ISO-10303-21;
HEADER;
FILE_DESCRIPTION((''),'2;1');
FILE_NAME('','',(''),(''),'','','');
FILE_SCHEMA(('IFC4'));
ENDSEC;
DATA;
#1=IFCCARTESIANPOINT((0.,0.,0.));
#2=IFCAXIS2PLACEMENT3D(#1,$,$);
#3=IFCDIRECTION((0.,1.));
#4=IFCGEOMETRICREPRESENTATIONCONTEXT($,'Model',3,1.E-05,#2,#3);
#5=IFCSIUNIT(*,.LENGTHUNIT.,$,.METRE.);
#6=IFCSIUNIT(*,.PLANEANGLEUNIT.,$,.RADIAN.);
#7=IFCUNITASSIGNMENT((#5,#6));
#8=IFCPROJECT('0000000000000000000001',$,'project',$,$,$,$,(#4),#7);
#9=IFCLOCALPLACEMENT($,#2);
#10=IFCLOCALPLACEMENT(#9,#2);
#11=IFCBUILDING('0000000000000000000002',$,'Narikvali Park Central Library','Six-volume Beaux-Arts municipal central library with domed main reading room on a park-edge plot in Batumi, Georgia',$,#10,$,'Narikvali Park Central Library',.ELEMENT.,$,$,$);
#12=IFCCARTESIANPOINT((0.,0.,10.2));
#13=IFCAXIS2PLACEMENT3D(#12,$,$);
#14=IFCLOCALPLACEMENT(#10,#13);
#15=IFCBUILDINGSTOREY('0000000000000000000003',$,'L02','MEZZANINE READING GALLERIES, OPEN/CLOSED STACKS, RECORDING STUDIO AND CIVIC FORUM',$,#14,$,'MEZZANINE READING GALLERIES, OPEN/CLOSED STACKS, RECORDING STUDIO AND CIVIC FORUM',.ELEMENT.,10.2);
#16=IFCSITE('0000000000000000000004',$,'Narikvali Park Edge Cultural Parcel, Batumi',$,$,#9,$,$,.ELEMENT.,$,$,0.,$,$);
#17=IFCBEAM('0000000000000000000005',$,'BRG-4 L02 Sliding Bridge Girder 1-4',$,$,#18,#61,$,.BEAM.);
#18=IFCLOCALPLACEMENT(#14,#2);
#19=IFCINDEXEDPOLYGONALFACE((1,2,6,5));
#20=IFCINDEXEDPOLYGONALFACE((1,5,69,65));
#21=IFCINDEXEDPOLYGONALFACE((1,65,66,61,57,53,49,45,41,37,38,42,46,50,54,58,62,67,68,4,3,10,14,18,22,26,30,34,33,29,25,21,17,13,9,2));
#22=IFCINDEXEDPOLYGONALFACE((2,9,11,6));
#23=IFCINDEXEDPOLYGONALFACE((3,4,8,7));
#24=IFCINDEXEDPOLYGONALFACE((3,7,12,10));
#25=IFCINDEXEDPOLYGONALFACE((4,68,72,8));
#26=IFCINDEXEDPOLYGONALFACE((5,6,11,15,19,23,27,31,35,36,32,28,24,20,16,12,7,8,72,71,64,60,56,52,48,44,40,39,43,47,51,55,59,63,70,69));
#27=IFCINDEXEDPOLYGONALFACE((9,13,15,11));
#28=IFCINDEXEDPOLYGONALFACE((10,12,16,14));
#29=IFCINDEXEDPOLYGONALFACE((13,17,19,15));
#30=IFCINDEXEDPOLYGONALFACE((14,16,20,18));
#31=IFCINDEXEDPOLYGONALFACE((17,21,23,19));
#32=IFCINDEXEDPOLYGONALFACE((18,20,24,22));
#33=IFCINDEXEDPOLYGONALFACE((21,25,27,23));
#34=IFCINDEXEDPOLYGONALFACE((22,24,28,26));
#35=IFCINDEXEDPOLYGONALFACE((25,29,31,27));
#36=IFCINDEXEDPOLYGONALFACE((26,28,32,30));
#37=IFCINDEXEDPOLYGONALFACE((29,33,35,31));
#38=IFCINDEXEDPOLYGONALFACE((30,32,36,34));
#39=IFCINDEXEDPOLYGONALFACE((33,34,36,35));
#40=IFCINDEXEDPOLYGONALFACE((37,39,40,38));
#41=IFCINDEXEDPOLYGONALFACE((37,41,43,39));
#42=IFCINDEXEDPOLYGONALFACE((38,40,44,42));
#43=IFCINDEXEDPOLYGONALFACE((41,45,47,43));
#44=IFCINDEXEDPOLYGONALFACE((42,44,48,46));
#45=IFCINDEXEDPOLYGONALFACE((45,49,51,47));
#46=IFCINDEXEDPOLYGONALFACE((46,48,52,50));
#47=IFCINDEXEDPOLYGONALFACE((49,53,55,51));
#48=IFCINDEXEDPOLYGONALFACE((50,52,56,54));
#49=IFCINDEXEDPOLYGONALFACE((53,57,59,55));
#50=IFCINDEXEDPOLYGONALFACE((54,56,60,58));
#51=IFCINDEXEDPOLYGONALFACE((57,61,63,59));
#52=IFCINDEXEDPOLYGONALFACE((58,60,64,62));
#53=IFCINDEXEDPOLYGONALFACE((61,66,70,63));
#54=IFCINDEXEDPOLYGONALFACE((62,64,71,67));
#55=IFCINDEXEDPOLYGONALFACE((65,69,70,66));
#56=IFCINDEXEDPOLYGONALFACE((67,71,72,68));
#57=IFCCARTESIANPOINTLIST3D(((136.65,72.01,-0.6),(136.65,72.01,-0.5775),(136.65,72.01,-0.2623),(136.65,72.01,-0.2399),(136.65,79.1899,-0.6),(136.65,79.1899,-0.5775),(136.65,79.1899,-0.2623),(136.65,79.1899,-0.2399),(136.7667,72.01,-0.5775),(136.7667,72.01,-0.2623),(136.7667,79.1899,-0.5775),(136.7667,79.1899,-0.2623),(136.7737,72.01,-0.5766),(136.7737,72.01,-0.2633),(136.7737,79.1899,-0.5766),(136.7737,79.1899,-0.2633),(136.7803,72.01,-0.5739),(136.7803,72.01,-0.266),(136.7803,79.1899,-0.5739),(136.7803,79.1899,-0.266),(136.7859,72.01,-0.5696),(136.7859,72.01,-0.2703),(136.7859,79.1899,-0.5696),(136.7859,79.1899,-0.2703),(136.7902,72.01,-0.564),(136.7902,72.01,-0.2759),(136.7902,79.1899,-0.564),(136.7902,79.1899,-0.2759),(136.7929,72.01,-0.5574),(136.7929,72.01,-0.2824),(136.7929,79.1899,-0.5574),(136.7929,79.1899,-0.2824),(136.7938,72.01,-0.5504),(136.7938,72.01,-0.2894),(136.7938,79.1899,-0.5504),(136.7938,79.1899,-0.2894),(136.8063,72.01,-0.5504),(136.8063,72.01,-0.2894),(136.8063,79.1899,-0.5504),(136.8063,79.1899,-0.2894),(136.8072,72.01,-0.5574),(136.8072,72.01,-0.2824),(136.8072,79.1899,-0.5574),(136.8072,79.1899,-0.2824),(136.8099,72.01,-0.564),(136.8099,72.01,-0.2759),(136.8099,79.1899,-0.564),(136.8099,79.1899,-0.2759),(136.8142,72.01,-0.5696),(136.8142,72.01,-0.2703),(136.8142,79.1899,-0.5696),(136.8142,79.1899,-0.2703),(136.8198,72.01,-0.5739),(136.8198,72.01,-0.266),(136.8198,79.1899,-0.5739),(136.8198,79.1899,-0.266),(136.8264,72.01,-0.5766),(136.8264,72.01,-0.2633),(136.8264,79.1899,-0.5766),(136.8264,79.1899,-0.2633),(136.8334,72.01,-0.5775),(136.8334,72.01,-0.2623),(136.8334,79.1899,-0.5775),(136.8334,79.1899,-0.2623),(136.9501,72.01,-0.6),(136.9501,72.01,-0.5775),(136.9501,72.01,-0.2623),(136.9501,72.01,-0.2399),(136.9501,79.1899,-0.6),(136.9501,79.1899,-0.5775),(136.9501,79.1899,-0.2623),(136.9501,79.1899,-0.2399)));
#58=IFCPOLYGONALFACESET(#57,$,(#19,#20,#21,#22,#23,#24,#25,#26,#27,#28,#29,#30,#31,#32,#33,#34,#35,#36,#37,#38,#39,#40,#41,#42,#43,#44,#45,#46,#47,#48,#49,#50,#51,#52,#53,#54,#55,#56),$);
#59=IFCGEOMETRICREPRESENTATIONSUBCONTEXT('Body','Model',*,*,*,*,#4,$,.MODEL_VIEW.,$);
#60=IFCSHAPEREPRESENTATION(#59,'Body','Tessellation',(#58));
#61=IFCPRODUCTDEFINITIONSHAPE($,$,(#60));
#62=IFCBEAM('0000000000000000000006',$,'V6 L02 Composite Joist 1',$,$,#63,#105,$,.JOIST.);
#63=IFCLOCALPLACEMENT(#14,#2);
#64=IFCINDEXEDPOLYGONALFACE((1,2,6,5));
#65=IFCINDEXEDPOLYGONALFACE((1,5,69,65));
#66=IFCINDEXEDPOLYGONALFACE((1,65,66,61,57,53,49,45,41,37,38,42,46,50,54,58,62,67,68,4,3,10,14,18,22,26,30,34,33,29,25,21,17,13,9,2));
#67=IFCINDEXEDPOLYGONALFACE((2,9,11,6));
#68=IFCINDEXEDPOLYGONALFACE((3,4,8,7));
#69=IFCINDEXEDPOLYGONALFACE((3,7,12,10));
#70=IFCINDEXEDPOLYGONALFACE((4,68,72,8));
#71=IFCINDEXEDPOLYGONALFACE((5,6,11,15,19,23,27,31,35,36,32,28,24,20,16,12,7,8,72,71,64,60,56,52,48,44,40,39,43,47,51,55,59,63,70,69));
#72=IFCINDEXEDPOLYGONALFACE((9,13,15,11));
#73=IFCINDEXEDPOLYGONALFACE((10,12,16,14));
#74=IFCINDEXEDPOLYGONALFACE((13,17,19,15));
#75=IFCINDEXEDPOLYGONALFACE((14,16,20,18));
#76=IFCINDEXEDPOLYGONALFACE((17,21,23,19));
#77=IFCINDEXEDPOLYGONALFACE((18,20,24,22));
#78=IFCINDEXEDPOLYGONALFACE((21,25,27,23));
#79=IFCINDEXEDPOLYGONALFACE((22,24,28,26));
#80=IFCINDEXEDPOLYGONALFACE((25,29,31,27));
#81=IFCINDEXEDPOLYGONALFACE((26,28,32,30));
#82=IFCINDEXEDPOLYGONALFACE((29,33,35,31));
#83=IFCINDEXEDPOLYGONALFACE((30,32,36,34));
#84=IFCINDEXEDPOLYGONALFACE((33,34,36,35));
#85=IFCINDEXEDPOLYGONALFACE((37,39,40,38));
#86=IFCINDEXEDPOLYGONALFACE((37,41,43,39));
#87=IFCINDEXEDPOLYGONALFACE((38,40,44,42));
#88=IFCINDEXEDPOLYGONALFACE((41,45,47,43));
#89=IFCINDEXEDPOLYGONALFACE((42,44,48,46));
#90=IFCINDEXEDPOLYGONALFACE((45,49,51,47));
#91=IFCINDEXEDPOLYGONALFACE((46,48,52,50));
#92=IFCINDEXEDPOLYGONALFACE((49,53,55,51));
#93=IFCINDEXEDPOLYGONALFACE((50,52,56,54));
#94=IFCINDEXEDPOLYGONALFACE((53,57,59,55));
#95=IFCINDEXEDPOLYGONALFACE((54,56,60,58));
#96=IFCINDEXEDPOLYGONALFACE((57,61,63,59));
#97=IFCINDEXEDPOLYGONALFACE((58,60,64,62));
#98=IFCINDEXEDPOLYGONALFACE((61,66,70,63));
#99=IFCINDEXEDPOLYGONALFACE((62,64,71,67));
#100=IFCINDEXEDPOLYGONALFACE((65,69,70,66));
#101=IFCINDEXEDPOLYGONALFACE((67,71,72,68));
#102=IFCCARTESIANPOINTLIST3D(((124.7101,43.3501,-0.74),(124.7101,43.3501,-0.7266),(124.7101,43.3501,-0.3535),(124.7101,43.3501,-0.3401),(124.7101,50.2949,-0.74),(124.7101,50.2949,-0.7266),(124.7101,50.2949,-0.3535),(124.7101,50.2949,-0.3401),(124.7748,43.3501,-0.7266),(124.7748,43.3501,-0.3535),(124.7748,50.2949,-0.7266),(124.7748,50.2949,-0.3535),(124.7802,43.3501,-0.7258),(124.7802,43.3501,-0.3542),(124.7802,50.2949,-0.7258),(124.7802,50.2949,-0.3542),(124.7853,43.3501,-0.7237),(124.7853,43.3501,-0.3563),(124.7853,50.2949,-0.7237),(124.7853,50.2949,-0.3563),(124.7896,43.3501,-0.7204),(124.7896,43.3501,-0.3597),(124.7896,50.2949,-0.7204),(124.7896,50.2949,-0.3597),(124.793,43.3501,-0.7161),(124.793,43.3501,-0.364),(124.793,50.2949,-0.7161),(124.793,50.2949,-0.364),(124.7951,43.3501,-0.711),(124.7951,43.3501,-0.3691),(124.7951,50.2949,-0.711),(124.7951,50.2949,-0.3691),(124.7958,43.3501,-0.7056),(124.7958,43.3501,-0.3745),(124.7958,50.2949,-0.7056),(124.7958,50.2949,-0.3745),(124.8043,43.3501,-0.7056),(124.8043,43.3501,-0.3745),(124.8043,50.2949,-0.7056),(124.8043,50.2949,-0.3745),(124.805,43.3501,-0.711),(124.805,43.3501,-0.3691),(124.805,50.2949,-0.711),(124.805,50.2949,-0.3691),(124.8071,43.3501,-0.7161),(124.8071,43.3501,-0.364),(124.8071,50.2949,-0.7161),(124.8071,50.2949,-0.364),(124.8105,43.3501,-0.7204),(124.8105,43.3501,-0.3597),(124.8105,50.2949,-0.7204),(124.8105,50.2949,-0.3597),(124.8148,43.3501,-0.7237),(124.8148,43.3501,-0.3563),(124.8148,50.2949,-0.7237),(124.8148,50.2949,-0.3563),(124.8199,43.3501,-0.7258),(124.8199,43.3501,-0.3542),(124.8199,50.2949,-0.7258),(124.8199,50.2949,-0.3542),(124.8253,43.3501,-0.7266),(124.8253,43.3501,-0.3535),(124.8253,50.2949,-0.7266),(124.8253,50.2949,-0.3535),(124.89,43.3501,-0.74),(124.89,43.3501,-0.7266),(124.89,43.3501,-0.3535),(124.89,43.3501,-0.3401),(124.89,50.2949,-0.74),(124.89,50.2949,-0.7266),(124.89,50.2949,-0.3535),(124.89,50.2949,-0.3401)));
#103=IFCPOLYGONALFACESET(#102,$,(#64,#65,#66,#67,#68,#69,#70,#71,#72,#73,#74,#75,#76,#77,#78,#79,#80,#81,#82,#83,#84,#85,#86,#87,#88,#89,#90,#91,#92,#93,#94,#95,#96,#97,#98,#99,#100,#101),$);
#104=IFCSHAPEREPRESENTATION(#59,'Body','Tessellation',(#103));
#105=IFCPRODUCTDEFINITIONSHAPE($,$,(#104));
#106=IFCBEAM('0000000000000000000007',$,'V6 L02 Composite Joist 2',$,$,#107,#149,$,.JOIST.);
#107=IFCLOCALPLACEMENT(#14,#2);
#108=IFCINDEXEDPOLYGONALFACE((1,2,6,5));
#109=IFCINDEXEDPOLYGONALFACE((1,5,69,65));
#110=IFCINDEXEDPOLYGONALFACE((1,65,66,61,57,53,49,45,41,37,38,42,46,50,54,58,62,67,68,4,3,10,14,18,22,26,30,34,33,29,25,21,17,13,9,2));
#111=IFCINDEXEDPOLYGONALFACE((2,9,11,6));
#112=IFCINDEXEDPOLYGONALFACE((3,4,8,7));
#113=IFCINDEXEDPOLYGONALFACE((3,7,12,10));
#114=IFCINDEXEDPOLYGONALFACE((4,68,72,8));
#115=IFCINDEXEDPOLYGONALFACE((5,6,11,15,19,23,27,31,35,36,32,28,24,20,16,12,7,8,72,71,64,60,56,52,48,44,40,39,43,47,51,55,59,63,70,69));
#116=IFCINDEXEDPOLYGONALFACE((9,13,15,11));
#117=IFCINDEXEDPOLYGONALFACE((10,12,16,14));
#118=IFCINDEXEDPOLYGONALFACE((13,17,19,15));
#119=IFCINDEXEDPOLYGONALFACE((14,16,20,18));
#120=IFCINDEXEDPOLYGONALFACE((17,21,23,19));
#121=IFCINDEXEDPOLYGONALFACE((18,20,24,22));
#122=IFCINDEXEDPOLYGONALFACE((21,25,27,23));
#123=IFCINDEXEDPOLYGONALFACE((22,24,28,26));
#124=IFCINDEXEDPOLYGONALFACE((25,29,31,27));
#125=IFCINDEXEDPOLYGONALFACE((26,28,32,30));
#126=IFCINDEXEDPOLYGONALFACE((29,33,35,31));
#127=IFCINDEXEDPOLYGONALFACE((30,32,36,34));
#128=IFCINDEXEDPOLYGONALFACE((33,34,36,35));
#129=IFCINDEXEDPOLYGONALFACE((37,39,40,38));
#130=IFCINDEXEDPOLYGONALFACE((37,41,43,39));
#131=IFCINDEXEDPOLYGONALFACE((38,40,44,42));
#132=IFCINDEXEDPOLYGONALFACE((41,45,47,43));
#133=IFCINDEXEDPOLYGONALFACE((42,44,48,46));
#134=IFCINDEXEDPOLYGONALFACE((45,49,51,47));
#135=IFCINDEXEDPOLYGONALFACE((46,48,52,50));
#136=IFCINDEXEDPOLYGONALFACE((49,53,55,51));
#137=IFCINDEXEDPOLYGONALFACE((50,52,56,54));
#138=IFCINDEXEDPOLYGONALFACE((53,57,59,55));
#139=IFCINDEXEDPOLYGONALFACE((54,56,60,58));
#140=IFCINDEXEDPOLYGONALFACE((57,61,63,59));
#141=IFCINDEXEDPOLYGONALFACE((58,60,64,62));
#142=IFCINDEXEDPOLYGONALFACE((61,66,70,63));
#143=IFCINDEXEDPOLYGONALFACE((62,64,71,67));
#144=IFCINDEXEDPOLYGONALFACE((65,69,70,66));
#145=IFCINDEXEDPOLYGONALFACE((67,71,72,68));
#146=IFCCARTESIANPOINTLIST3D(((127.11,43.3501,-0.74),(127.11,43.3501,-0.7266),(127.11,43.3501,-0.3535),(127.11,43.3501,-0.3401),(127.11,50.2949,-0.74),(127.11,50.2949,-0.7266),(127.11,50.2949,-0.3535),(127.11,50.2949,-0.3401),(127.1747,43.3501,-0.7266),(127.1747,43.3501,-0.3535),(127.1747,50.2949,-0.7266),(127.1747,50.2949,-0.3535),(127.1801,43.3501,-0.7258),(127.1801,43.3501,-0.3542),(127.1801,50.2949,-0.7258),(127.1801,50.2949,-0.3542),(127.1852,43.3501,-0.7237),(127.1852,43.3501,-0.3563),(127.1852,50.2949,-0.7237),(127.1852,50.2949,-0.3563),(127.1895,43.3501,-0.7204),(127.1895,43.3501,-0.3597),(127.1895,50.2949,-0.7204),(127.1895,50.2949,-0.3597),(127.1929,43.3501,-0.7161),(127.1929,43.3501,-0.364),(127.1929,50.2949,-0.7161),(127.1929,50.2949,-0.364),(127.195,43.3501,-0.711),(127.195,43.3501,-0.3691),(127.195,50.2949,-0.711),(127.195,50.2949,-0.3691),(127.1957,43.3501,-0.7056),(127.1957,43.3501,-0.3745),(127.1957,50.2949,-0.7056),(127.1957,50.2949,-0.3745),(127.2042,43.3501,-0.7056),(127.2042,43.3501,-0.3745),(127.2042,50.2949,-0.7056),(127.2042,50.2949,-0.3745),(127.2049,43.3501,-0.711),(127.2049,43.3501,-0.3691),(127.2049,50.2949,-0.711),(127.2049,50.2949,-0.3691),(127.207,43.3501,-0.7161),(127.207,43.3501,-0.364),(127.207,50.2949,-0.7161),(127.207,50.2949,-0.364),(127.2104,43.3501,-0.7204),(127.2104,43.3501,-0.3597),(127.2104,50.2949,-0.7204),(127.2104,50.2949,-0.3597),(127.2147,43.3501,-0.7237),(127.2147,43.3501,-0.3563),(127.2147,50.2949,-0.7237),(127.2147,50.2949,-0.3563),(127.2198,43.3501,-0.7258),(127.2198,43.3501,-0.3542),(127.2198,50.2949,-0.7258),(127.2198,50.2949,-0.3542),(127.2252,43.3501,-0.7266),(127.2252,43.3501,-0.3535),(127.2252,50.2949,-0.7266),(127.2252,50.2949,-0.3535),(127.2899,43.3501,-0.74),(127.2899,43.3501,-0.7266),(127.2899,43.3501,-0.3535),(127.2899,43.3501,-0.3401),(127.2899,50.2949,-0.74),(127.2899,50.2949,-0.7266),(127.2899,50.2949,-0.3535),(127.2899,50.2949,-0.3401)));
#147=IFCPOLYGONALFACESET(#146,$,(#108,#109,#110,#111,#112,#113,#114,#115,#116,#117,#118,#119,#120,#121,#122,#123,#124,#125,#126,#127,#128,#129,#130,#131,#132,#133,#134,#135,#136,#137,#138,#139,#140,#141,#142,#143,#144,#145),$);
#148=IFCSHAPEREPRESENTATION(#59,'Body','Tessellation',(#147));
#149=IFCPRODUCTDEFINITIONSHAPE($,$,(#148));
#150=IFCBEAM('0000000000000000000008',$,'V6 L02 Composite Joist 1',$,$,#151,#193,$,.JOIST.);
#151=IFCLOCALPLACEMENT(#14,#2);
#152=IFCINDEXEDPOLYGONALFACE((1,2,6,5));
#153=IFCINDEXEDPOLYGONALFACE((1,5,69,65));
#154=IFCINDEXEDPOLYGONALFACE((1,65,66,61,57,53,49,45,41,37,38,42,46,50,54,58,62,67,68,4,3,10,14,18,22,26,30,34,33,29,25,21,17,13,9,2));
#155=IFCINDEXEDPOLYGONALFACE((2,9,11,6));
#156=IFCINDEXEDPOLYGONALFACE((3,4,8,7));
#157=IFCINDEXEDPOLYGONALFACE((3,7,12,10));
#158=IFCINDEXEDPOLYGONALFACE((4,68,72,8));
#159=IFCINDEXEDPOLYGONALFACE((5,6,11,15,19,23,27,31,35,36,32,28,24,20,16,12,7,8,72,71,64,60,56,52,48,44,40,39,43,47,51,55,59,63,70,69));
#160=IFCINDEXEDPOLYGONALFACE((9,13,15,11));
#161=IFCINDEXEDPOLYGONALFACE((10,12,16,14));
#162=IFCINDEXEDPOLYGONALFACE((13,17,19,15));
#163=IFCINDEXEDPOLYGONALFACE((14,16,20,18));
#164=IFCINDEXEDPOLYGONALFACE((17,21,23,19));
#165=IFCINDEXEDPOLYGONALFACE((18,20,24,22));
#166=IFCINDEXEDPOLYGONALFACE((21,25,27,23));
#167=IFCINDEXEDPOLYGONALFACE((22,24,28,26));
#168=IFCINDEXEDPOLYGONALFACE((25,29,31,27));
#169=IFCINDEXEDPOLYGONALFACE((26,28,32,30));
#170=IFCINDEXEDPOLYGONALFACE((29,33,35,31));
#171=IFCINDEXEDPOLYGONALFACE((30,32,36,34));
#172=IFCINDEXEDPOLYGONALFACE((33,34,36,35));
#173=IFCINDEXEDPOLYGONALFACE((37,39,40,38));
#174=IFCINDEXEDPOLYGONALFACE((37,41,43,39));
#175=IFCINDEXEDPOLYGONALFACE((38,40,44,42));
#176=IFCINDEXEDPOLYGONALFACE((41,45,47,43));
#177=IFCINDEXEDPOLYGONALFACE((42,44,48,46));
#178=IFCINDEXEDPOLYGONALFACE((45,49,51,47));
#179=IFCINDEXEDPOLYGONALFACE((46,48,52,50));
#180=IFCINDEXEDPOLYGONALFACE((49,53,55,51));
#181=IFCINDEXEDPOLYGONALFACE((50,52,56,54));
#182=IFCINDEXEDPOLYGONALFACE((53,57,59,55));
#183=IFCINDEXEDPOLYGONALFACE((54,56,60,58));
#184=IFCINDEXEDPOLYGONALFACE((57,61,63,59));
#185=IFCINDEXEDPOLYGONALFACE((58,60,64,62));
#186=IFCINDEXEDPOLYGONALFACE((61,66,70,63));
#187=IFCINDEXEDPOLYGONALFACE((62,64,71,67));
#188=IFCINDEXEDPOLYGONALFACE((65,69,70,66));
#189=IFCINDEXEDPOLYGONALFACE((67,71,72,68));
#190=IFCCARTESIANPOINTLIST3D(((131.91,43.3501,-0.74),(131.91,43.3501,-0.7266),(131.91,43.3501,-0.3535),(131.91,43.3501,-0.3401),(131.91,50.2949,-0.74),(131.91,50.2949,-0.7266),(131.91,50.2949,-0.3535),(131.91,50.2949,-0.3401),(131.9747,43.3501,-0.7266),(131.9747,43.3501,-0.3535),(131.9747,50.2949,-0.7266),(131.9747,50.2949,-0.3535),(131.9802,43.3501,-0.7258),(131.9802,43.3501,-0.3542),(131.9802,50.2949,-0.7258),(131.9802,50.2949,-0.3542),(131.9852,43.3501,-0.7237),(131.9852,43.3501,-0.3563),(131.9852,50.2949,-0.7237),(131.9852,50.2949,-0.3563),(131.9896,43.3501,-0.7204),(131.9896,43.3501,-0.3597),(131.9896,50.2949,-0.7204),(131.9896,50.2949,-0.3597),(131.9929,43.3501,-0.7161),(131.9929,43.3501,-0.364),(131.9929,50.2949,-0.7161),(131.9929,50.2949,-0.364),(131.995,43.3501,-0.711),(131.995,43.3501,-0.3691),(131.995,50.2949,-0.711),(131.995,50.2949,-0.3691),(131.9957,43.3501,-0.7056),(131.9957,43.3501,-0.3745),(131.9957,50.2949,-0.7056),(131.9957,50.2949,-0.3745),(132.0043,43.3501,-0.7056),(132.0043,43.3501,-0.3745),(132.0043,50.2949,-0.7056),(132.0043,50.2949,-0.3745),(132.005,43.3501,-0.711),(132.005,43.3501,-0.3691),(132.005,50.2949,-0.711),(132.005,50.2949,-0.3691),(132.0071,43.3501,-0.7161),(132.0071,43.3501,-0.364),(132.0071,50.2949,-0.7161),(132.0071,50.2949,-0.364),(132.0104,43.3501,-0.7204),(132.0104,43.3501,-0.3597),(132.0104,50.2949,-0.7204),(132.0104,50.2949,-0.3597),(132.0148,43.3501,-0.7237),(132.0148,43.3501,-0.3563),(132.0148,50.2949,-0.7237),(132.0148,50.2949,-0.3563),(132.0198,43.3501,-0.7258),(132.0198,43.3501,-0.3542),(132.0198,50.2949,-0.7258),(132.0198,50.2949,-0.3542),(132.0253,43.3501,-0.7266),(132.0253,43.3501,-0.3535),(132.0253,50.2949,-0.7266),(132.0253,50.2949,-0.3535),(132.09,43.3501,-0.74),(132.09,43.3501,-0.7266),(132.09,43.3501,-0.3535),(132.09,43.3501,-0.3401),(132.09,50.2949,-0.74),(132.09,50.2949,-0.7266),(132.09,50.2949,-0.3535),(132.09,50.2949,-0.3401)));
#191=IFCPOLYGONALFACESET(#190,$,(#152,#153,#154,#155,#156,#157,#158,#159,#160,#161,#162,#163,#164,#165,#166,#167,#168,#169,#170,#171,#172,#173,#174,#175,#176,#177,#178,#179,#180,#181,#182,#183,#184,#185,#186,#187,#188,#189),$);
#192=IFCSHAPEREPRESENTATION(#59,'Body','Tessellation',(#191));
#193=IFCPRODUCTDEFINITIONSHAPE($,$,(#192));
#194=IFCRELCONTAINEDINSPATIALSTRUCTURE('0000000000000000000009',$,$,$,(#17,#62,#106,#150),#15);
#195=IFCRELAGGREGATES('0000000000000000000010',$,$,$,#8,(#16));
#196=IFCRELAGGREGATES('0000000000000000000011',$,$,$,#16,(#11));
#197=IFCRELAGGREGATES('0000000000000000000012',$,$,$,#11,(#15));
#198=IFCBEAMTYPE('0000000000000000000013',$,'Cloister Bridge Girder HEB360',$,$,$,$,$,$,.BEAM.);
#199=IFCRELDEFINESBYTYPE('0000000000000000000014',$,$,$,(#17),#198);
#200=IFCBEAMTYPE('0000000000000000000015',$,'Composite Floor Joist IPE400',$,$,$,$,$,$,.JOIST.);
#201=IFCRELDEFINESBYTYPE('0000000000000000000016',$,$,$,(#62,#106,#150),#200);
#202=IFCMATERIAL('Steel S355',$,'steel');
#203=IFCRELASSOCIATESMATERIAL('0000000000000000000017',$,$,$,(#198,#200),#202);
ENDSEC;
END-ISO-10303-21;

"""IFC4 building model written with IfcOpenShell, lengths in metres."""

from ifc_helpers import new_model, si_unit, direction, frame, origin, origin_2d, place, context, subcontext, project, spatial, i_section, extrude, material, material_profile, profile_set, type_object, element, save


model = new_model("IFC4")

# Units and contexts
model_context = context("Model", 3, precision=1e-05, world=origin(), true_north=direction((0.0, 1.0)))
body_context = subcontext(model_context, "Body", "Model", "MODEL_VIEW")
ifc_project = project(units=[si_unit("LENGTHUNIT", "METRE"), si_unit("PLANEANGLEUNIT", "RADIAN")], contexts=[model_context])

# Site, building, storey
site_placement = place(None, origin())
site = spatial("IfcSite", under=ifc_project, at=site_placement, Name="Narikvali Park Edge Cultural Parcel, Batumi", CompositionType="ELEMENT", RefElevation=0.0)
building_placement = place(site_placement, origin())
building = spatial("IfcBuilding", under=site, at=building_placement, Name="Narikvali Park Central Library", Description="Six-volume Beaux-Arts municipal central library with domed main reading room on a park-edge plot in Batumi, Georgia", LongName="Narikvali Park Central Library", CompositionType="ELEMENT")
storey_placement = place(building_placement, frame((0.0, 0.0, 10.2)))
storey = spatial("IfcBuildingStorey", under=building, at=storey_placement, Name="L02", Description="MEZZANINE READING GALLERIES, OPEN/CLOSED STACKS, RECORDING STUDIO AND CIVIC FORUM", LongName="MEZZANINE READING GALLERIES, OPEN/CLOSED STACKS, RECORDING STUDIO AND CIVIC FORUM", CompositionType="ELEMENT", Elevation=10.2)

# Beams
ifc_material_1 = material(Name="Steel S355", Category="steel")
ifc_material_profile_1 = material_profile(ifc_material_1, i_section(OverallWidth=0.3, OverallDepth=0.3601, WebThickness=0.0125, FlangeThickness=0.0225, FilletRadius=0.0271, at=origin_2d()), Name="HEB 360")
ifc_profile_set_1 = profile_set([ifc_material_profile_1], Name="Steel S355")
beam_type_1 = type_object("IfcBeamType", Name="Cloister Bridge Girder HEB360", PredefinedType="BEAM", material=ifc_profile_set_1)
for number, where, z_axis, x_axis, name in (
    (1, (136.8, 72.01, -0.4199), (0.0, 1.0, 0.0), (-1.0, 0.0, 0.0), "BRG-4 L02 Sliding Bridge Girder 1-4"),
):
    element("IfcBeam", number, at=place(storey_placement, frame(where, z_axis=z_axis, x_axis=x_axis)), inside=storey, type_object=beam_type_1, Name=name, PredefinedType="BEAM", context=body_context, shape_type="SweptSolid", body=[
        extrude(i_section(OverallWidth=0.3, OverallDepth=0.3601, WebThickness=0.0125, FlangeThickness=0.0225, FilletRadius=0.0271, at=origin_2d()), origin(), (0.0, 0.0, 1.0), 7.1799),
    ])
ifc_material_profile_2 = material_profile(ifc_material_1, i_section(OverallWidth=0.1799, OverallDepth=0.3999, WebThickness=0.0085, FlangeThickness=0.0134, FilletRadius=0.021, at=origin_2d()), Name="IPE 400")
ifc_profile_set_2 = profile_set([ifc_material_profile_2], Name="Steel S355")
beam_type_2 = type_object("IfcBeamType", Name="Composite Floor Joist IPE400", PredefinedType="JOIST", material=ifc_profile_set_2)
for number, where, z_axis, x_axis, name in (
    (2, (124.8, 43.3501, -0.54), (0.0, 1.0, 0.0), (-1.0, 0.0, 0.0), "V6 L02 Composite Joist 1"),
    (3, (127.2, 43.3501, -0.54), (0.0, 1.0, 0.0), (-1.0, 0.0, 0.0), "V6 L02 Composite Joist 2"),
    (4, (132.0, 43.3501, -0.54), (0.0, 1.0, 0.0), (-1.0, 0.0, 0.0), "V6 L02 Composite Joist 1"),
):
    element("IfcBeam", number, at=place(storey_placement, frame(where, z_axis=z_axis, x_axis=x_axis)), inside=storey, type_object=beam_type_2, Name=name, PredefinedType="JOIST", context=body_context, shape_type="SweptSolid", body=[
        extrude(i_section(OverallWidth=0.1799, OverallDepth=0.3999, WebThickness=0.0085, FlangeThickness=0.0134, FilletRadius=0.021, at=origin_2d()), origin(), (0.0, 0.0, 1.0), 6.9448),
    ])

save(model, "model.ifc")
